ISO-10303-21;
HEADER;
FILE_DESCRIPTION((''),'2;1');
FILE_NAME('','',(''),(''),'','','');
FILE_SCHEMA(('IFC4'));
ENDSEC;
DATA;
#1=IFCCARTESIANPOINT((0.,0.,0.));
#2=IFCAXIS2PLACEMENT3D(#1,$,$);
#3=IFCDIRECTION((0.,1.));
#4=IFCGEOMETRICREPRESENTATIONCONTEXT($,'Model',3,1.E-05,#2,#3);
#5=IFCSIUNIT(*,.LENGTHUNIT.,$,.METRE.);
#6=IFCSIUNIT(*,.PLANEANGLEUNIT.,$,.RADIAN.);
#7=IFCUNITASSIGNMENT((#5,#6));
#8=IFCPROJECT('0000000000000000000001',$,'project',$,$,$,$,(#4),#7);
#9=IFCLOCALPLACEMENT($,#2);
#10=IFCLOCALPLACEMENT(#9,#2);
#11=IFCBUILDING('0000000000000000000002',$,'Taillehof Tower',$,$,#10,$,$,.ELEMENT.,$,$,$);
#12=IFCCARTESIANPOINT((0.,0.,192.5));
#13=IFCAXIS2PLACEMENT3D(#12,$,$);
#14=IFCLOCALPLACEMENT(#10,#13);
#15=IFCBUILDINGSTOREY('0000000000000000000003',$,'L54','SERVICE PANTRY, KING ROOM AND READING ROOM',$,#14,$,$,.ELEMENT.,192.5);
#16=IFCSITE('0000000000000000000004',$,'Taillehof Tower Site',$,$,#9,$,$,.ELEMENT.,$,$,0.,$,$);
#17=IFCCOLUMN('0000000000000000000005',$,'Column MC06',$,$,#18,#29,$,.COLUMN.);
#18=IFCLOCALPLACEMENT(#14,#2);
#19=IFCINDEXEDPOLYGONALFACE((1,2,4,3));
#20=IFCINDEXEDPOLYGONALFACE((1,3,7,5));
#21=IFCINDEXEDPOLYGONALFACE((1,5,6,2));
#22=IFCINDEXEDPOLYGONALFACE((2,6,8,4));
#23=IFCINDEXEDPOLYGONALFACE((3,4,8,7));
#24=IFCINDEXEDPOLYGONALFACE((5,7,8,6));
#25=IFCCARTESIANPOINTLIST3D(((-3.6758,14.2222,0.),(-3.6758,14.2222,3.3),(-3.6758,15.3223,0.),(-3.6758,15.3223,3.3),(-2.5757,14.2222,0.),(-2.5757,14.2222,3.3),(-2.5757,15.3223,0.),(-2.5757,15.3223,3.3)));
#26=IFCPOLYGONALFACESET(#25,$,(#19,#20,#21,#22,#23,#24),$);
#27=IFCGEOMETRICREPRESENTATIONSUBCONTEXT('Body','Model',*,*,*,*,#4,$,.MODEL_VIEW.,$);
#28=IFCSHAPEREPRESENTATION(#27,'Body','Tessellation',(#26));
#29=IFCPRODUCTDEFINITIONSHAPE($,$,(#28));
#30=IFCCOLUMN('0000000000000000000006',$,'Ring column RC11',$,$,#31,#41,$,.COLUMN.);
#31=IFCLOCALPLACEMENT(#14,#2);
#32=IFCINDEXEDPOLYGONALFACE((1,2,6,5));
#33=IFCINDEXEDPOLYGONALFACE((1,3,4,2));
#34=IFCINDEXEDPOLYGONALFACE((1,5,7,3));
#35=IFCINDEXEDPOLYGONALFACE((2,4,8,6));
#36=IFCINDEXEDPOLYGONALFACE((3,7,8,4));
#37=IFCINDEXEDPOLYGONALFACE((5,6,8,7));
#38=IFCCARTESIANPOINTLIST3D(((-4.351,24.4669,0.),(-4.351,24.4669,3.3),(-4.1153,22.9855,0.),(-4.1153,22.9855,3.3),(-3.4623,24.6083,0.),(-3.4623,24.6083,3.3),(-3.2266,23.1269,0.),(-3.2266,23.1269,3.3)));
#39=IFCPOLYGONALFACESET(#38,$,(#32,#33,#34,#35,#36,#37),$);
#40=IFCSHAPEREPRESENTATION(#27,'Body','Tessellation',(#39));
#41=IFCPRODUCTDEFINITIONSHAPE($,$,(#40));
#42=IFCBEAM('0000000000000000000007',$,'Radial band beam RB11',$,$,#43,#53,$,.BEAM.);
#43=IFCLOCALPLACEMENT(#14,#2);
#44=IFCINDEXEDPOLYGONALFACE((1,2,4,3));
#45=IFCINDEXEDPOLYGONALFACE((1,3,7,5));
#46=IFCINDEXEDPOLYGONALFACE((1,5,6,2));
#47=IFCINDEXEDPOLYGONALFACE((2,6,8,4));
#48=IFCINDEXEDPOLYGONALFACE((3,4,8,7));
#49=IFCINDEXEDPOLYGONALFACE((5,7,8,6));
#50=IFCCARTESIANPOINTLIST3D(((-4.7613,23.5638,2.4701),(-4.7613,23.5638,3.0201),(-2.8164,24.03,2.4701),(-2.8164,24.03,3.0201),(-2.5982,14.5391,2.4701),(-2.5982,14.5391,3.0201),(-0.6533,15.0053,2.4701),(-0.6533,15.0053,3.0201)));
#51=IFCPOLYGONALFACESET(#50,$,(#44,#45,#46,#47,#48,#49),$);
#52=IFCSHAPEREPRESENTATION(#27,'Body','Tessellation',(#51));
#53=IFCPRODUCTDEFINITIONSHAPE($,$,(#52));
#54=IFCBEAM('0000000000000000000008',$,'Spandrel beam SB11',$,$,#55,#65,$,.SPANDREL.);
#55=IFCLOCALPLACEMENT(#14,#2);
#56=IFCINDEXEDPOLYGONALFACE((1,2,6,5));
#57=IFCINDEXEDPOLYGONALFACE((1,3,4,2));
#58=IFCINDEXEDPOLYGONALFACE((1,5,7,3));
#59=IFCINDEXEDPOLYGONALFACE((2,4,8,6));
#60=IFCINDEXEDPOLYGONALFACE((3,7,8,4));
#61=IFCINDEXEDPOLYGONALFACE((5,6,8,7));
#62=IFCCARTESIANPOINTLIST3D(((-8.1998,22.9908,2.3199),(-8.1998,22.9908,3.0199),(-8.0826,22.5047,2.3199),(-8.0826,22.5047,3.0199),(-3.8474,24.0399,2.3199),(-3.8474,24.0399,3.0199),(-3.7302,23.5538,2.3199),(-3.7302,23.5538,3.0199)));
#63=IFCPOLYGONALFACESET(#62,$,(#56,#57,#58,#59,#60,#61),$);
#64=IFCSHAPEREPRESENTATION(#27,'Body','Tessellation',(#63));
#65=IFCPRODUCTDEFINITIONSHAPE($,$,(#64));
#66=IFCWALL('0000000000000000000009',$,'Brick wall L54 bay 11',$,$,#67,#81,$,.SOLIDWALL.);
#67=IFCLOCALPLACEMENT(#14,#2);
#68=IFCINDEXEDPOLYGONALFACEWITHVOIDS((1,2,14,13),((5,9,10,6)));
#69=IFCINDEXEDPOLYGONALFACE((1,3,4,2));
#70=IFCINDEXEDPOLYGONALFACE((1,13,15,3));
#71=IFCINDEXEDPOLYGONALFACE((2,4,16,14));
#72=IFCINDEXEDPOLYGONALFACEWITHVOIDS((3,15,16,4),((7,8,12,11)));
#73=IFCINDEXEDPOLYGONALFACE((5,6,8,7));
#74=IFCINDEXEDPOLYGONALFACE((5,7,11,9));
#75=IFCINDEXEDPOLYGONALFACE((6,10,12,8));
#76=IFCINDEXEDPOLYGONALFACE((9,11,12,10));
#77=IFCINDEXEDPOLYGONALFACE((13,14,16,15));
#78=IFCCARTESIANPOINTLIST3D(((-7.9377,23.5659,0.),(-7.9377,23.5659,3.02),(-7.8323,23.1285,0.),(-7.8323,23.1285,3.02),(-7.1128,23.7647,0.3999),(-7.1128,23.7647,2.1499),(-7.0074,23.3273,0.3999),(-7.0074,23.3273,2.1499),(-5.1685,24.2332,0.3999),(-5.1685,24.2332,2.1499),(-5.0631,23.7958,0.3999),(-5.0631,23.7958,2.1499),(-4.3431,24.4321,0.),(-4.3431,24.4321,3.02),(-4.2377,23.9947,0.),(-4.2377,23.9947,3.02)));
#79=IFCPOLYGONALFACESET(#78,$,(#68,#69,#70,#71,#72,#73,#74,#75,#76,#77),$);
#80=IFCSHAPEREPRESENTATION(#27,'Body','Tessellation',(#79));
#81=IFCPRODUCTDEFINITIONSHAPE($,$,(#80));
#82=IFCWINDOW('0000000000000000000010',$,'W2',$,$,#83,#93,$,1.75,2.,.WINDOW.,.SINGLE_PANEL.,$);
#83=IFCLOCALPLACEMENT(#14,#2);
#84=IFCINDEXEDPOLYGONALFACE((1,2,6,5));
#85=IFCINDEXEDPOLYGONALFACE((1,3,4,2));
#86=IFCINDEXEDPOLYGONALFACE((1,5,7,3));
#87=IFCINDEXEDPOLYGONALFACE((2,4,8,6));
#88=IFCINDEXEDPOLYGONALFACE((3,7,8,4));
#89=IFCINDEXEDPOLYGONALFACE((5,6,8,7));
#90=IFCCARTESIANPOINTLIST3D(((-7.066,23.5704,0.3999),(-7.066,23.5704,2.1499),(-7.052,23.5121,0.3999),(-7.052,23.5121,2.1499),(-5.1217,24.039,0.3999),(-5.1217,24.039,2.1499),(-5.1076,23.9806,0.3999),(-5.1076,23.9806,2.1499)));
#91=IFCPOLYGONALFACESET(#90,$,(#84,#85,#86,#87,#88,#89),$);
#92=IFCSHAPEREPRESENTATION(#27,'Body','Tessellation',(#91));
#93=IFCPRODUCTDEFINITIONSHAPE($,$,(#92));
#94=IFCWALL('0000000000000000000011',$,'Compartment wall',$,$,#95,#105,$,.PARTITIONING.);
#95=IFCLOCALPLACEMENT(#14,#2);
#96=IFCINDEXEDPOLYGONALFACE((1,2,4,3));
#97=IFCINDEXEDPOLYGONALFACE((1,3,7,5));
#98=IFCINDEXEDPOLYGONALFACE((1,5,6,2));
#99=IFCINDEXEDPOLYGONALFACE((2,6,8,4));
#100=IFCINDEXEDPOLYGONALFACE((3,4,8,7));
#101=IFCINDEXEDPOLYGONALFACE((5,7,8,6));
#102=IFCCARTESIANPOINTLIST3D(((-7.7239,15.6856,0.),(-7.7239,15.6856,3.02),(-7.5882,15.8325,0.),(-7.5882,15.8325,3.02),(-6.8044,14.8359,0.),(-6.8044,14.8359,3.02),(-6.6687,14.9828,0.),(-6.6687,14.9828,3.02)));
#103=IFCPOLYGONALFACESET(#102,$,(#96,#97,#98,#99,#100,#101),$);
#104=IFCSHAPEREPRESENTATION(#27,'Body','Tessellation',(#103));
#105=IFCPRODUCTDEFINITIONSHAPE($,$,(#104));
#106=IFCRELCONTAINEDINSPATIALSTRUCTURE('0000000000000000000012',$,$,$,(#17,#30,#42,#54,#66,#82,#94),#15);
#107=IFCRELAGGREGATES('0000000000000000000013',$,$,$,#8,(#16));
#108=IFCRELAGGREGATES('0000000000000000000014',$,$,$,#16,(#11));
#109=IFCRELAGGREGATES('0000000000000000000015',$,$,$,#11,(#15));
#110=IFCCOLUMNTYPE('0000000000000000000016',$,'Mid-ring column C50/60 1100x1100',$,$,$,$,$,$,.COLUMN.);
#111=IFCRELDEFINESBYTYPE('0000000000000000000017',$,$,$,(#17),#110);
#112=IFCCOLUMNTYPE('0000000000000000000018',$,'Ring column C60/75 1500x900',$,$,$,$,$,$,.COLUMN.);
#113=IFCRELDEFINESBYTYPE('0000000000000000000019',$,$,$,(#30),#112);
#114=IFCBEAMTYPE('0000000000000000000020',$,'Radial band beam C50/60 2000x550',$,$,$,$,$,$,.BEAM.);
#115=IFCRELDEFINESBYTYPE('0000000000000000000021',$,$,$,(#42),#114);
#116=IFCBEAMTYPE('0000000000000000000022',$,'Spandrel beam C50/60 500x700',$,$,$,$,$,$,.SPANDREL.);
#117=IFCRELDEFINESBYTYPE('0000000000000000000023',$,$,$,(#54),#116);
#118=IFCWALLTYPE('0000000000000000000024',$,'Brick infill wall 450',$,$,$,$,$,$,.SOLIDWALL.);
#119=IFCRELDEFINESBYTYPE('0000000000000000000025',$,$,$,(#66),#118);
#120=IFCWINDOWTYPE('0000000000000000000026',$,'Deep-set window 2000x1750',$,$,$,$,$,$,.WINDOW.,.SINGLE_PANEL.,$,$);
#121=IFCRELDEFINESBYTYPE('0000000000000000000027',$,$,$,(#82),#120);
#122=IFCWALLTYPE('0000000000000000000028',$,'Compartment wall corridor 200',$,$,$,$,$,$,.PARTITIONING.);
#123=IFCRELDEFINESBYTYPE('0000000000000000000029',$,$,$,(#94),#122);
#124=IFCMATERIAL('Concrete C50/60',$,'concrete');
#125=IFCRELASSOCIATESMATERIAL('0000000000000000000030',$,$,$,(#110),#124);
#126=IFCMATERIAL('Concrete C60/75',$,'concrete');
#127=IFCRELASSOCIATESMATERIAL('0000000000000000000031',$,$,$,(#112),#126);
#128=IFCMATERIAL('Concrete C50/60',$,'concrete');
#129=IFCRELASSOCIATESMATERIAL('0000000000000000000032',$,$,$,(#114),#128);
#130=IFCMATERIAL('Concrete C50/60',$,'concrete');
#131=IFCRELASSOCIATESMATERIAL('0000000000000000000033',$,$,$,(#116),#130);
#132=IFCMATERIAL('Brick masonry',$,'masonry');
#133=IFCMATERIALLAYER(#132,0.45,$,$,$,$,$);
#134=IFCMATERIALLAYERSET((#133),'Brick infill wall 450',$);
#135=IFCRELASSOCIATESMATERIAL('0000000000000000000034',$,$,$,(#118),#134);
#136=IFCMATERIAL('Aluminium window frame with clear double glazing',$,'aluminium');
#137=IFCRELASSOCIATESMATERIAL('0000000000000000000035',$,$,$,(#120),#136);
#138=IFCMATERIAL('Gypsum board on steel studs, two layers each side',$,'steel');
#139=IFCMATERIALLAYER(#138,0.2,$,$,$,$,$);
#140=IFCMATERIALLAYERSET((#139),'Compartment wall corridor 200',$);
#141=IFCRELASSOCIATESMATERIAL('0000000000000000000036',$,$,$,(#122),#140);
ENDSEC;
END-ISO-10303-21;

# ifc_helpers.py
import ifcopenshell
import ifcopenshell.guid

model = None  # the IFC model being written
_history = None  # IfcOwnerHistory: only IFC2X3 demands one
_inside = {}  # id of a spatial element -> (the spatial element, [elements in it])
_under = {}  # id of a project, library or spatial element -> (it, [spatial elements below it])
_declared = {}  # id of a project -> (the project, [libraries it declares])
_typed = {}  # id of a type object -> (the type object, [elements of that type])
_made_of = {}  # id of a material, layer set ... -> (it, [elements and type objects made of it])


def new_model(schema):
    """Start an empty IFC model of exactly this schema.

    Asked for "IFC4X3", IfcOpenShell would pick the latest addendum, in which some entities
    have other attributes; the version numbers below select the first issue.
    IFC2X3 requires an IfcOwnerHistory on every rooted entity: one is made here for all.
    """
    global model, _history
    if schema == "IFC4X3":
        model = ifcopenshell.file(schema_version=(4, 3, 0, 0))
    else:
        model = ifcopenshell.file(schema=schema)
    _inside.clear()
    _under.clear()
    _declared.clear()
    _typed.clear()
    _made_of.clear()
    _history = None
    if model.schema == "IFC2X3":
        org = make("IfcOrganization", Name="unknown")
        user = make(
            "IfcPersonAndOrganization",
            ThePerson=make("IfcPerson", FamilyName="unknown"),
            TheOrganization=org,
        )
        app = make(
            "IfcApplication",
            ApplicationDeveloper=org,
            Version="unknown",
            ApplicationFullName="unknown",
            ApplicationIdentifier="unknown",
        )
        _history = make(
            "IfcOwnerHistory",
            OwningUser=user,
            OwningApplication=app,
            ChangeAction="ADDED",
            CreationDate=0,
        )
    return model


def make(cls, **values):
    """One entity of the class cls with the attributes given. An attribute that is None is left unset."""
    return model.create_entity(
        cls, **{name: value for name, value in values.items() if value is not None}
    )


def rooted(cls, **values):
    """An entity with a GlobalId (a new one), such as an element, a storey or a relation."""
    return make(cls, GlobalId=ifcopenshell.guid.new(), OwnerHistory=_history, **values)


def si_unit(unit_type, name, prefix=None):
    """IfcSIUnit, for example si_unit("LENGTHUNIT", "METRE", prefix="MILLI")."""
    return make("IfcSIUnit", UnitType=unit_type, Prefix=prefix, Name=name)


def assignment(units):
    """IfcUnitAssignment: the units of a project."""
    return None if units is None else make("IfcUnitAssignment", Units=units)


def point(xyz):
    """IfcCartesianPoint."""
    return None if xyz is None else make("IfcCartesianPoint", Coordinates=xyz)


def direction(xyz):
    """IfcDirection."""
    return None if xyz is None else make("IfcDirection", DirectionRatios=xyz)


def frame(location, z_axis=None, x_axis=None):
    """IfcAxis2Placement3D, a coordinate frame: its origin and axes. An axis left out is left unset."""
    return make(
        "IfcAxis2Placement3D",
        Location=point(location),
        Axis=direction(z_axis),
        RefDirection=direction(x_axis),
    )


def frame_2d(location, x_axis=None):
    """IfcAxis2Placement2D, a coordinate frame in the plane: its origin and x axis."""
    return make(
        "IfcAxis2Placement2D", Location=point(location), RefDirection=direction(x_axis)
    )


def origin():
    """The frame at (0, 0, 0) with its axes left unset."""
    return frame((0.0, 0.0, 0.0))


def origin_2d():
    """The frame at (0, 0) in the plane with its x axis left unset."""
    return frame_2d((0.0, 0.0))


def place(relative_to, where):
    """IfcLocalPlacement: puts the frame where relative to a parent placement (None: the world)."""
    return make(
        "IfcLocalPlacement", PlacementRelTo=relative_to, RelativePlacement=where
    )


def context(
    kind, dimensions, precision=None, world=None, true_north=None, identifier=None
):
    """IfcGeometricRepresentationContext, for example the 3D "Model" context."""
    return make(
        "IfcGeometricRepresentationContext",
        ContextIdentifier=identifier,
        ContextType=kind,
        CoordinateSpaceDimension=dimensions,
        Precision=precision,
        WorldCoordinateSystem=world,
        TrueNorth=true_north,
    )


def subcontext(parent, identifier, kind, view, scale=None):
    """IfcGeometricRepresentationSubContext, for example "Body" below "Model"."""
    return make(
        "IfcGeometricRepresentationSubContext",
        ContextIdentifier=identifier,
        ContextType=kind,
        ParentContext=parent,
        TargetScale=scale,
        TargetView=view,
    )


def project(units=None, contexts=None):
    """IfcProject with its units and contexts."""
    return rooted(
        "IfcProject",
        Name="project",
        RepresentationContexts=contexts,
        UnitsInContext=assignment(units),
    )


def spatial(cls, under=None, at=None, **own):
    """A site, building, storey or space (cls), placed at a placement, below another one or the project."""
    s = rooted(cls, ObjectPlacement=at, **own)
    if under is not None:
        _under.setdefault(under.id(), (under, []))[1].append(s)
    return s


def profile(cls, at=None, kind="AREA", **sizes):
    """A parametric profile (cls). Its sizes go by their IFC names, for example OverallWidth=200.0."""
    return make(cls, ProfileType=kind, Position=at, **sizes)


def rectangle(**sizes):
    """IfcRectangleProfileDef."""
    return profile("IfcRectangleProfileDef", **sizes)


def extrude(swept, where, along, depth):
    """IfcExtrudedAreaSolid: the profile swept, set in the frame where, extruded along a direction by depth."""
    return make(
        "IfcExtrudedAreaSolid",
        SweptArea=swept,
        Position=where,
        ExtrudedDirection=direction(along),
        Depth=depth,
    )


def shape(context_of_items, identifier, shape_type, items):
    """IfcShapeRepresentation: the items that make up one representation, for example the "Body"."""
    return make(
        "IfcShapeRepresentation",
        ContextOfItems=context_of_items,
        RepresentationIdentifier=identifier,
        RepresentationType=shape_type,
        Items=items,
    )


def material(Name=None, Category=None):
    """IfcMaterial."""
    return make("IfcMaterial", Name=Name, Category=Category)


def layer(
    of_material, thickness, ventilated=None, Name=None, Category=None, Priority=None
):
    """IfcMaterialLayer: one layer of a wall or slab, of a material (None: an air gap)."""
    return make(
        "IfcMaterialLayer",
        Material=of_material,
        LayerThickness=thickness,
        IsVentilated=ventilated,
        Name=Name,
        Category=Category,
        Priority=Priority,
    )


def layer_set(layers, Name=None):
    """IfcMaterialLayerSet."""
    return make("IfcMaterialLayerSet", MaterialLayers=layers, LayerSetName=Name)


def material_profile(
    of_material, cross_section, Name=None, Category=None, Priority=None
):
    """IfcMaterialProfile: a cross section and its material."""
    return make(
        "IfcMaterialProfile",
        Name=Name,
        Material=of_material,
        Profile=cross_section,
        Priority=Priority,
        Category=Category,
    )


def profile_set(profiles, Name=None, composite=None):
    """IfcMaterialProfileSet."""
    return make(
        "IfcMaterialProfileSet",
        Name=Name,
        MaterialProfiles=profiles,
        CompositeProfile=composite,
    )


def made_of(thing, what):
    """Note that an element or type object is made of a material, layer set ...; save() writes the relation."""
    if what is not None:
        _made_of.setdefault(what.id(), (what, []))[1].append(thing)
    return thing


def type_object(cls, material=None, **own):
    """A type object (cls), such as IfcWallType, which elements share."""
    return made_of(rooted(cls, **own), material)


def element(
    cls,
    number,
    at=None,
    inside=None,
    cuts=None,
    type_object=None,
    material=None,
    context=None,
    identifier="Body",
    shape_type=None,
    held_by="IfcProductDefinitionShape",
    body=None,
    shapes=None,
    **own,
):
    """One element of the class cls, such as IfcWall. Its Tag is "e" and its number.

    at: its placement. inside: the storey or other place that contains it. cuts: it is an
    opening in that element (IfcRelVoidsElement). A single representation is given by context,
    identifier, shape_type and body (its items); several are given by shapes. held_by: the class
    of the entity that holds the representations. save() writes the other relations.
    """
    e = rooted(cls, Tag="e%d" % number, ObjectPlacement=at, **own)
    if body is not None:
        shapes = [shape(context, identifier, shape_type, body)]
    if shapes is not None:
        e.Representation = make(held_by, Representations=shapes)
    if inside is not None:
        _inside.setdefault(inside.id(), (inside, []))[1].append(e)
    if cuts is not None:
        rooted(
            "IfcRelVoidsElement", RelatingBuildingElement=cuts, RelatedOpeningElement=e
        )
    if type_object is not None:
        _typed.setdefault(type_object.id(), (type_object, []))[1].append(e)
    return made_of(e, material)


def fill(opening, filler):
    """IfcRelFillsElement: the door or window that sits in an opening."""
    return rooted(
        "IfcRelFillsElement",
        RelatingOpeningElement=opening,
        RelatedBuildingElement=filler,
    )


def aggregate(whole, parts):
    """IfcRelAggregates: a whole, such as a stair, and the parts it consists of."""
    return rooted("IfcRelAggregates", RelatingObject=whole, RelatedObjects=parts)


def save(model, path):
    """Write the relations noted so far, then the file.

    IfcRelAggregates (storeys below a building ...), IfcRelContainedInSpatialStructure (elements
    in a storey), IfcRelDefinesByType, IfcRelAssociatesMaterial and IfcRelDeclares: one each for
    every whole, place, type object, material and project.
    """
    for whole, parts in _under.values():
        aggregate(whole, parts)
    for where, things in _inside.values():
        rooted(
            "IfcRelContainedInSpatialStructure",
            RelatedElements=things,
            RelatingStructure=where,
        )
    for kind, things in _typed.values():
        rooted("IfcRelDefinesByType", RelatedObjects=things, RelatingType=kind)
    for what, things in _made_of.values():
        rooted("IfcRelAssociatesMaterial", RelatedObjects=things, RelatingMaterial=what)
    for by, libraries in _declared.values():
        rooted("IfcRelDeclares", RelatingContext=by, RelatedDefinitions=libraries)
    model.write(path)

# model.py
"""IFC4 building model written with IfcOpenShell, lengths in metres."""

from ifc_helpers import new_model, si_unit, direction, frame, frame_2d, origin, origin_2d, place, context, subcontext, project, spatial, rectangle, extrude, material, layer, layer_set, material_profile, profile_set, type_object, element, fill, save


model = new_model("IFC4")

# Units and contexts
model_context = context("Model", 3, precision=1e-05, world=origin(), true_north=direction((0.0, 1.0)))
body_context = subcontext(model_context, "Body", "Model", "MODEL_VIEW")
ifc_project = project(units=[si_unit("LENGTHUNIT", "METRE"), si_unit("PLANEANGLEUNIT", "RADIAN")], contexts=[model_context])

# Site, building, storey
site_placement = place(None, origin())
site = spatial("IfcSite", under=ifc_project, at=site_placement, Name="Taillehof Tower Site", CompositionType="ELEMENT", RefElevation=0.0)
building_placement = place(site_placement, origin())
building = spatial("IfcBuilding", under=site, at=building_placement, Name="Taillehof Tower", CompositionType="ELEMENT")
storey_placement = place(building_placement, frame((0.0, 0.0, 192.5)))
storey = spatial("IfcBuildingStorey", under=building, at=storey_placement, Name="L54", Description="SERVICE PANTRY, KING ROOM AND READING ROOM", CompositionType="ELEMENT", Elevation=192.5)

# Columns
ifc_material_1 = material(Name="Concrete C50/60", Category="concrete")
ifc_material_profile_1 = material_profile(ifc_material_1, rectangle(XDim=1.1001, YDim=1.1001, at=origin_2d()), Name="RC 1100x1100")
ifc_profile_set_1 = profile_set([ifc_material_profile_1], Name="Concrete C50/60")
column_type_1 = type_object("IfcColumnType", Name="Mid-ring column C50/60 1100x1100", PredefinedType="COLUMN", material=ifc_profile_set_1)
column_1_placement = place(storey_placement, frame((-3.1257, 14.7722, 0.0), z_axis=(0.0, 0.0, 1.0), x_axis=(1.0, 0.0, 0.0)))
element("IfcColumn", 1, at=column_1_placement, inside=storey, type_object=column_type_1, Name="Column MC06", PredefinedType="COLUMN", context=body_context, shape_type="SweptSolid", body=[
    extrude(rectangle(XDim=1.1001, YDim=1.1001, at=origin_2d()), origin(), (0.0, 0.0, 1.0), 3.3),
])
ifc_material_2 = material(Name="Concrete C60/75", Category="concrete")
ifc_material_profile_2 = material_profile(ifc_material_2, rectangle(XDim=1.5, YDim=0.8999, at=origin_2d()), Name="RC 1500x900")
ifc_profile_set_2 = profile_set([ifc_material_profile_2], Name="Concrete C60/75")
column_type_2 = type_object("IfcColumnType", Name="Ring column C60/75 1500x900", PredefinedType="COLUMN", material=ifc_profile_set_2)
column_2_placement = place(storey_placement, frame((-3.7888, 23.7969, 0.0), z_axis=(0.0, 0.0, 1.0), x_axis=(-0.157116, 0.98758, 0.0)))
element("IfcColumn", 2, at=column_2_placement, inside=storey, type_object=column_type_2, Name="Ring column RC11", PredefinedType="COLUMN", context=body_context, shape_type="SweptSolid", body=[
    extrude(rectangle(XDim=1.5, YDim=0.8999, at=origin_2d()), origin(), (0.0, 0.0, 1.0), 3.3),
])

# Beams
ifc_material_3 = material(Name="Concrete C50/60", Category="concrete")
ifc_material_profile_3 = material_profile(ifc_material_3, rectangle(XDim=2.0, YDim=0.55, at=origin_2d()), Name="RC 2000x550")
ifc_profile_set_3 = profile_set([ifc_material_profile_3], Name="Concrete C50/60")
beam_type_1 = type_object("IfcBeamType", Name="Radial band beam C50/60 2000x550", PredefinedType="BEAM", material=ifc_profile_set_3)
beam_1_placement = place(storey_placement, frame((-3.7888, 23.7969, 2.7451), z_axis=(0.233084, -0.972457, 0.0), x_axis=(0.972457, 0.233084, 0.0)))
element("IfcBeam", 3, at=beam_1_placement, inside=storey, type_object=beam_type_1, Name="Radial band beam RB11", PredefinedType="BEAM", context=body_context, shape_type="SweptSolid", body=[
    extrude(rectangle(XDim=2.0, YDim=0.55, at=origin_2d()), origin(), (0.0, 0.0, 1.0), 9.2803),
])
ifc_material_4 = material(Name="Concrete C50/60", Category="concrete")
ifc_material_profile_4 = material_profile(ifc_material_4, rectangle(XDim=0.5, YDim=0.7, at=origin_2d()), Name="RC 500x700")
ifc_profile_set_4 = profile_set([ifc_material_profile_4], Name="Concrete C50/60")
beam_type_2 = type_object("IfcBeamType", Name="Spandrel beam C50/60 500x700", PredefinedType="SPANDREL", material=ifc_profile_set_4)
beam_2_placement = place(storey_placement, frame((-3.7888, 23.7969, 2.6699), z_axis=(-0.972158, -0.234328, 0.0), x_axis=(0.234328, -0.972158, 0.0)))
element("IfcBeam", 4, at=beam_2_placement, inside=storey, type_object=beam_type_2, Name="Spandrel beam SB11", PredefinedType="SPANDREL", context=body_context, shape_type="SweptSolid", body=[
    extrude(rectangle(XDim=0.5, YDim=0.7, at=origin_2d()), origin(), (0.0, 0.0, 1.0), 4.4771),
])

# Wall, opening, window
ifc_material_5 = material(Name="Brick masonry", Category="masonry")
ifc_layer_1 = layer(ifc_material_5, 0.45)
ifc_layer_set_1 = layer_set([ifc_layer_1], Name="Brick infill wall 450")
wall_type_1 = type_object("IfcWallType", Name="Brick infill wall 450", PredefinedType="SOLIDWALL", material=ifc_layer_set_1)
wall_1_placement = place(storey_placement, frame((-4.2905, 24.2134, 0.0), z_axis=(0.0, 0.0, 1.0), x_axis=(-0.972174, -0.234262, 0.0)))
wall_1 = element("IfcWall", 5, at=wall_1_placement, inside=storey, type_object=wall_type_1, Name="Brick wall L54 bay 11", PredefinedType="SOLIDWALL", context=body_context, shape_type="SweptSolid", body=[
    extrude(rectangle(XDim=3.6975, YDim=0.45, at=frame_2d((1.8486, 0.0))), origin(), (0.0, 0.0, 1.0), 3.02),
])
opening_1_placement = place(wall_1_placement, frame((0.8489, 0.0, 0.3999)))
opening_1 = element("IfcOpeningElement", 6, at=opening_1_placement, cuts=wall_1, PredefinedType="OPENING", context=body_context, shape_type="SweptSolid", body=[
    extrude(rectangle(XDim=2.0, YDim=1.75, at=frame_2d((1.0, 0.875))), frame((0.0, 0.2349, 0.0), z_axis=(0.0, -1.0, 0.0), x_axis=(1.0, 0.0, 0.0)), (0.0, 0.0, 1.0), 0.47),
])
ifc_material_6 = material(Name="Aluminium window frame with clear double glazing", Category="aluminium")
window_type = type_object("IfcWindowType", Name="Deep-set window 2000x1750", PartitioningType="SINGLE_PANEL", PredefinedType="WINDOW", material=ifc_material_6)
window_placement = place(opening_1_placement, origin())
window = element("IfcWindow", 7, at=window_placement, inside=storey, type_object=window_type, Name="W2", OverallHeight=1.75, OverallWidth=2.0, PartitioningType="SINGLE_PANEL", PredefinedType="WINDOW", context=body_context, shape_type="SweptSolid", body=[
    extrude(rectangle(XDim=2.0, YDim=1.75, at=frame_2d((1.0, 0.875))), frame((0.0, 0.0349, 0.0), z_axis=(0.0, -1.0, 0.0), x_axis=(1.0, 0.0, 0.0)), (0.0, 0.0, 1.0), 0.0601),
])
fill(opening_1, window)

# Wall
ifc_material_7 = material(Name="Gypsum board on steel studs, two layers each side", Category="steel")
ifc_layer_2 = layer(ifc_material_7, 0.2)
ifc_layer_set_2 = layer_set([ifc_layer_2], Name="Compartment wall corridor 200")
wall_type_2 = type_object("IfcWallType", Name="Compartment wall corridor 200", PredefinedType="PARTITIONING", material=ifc_layer_set_2)
wall_2_placement = place(storey_placement, frame((-7.656, 15.759, 0.0), z_axis=(0.0, 0.0, 1.0), x_axis=(0.734444, -0.678669, 0.0)))
element("IfcWall", 8, at=wall_2_placement, inside=storey, type_object=wall_type_2, Name="Compartment wall", PredefinedType="PARTITIONING", context=body_context, shape_type="SweptSolid", body=[
    extrude(rectangle(XDim=1.252, YDim=0.2, at=frame_2d((0.626, 0.0))), origin(), (0.0, 0.0, 1.0), 3.02),
])

save(model, "model.ifc")
